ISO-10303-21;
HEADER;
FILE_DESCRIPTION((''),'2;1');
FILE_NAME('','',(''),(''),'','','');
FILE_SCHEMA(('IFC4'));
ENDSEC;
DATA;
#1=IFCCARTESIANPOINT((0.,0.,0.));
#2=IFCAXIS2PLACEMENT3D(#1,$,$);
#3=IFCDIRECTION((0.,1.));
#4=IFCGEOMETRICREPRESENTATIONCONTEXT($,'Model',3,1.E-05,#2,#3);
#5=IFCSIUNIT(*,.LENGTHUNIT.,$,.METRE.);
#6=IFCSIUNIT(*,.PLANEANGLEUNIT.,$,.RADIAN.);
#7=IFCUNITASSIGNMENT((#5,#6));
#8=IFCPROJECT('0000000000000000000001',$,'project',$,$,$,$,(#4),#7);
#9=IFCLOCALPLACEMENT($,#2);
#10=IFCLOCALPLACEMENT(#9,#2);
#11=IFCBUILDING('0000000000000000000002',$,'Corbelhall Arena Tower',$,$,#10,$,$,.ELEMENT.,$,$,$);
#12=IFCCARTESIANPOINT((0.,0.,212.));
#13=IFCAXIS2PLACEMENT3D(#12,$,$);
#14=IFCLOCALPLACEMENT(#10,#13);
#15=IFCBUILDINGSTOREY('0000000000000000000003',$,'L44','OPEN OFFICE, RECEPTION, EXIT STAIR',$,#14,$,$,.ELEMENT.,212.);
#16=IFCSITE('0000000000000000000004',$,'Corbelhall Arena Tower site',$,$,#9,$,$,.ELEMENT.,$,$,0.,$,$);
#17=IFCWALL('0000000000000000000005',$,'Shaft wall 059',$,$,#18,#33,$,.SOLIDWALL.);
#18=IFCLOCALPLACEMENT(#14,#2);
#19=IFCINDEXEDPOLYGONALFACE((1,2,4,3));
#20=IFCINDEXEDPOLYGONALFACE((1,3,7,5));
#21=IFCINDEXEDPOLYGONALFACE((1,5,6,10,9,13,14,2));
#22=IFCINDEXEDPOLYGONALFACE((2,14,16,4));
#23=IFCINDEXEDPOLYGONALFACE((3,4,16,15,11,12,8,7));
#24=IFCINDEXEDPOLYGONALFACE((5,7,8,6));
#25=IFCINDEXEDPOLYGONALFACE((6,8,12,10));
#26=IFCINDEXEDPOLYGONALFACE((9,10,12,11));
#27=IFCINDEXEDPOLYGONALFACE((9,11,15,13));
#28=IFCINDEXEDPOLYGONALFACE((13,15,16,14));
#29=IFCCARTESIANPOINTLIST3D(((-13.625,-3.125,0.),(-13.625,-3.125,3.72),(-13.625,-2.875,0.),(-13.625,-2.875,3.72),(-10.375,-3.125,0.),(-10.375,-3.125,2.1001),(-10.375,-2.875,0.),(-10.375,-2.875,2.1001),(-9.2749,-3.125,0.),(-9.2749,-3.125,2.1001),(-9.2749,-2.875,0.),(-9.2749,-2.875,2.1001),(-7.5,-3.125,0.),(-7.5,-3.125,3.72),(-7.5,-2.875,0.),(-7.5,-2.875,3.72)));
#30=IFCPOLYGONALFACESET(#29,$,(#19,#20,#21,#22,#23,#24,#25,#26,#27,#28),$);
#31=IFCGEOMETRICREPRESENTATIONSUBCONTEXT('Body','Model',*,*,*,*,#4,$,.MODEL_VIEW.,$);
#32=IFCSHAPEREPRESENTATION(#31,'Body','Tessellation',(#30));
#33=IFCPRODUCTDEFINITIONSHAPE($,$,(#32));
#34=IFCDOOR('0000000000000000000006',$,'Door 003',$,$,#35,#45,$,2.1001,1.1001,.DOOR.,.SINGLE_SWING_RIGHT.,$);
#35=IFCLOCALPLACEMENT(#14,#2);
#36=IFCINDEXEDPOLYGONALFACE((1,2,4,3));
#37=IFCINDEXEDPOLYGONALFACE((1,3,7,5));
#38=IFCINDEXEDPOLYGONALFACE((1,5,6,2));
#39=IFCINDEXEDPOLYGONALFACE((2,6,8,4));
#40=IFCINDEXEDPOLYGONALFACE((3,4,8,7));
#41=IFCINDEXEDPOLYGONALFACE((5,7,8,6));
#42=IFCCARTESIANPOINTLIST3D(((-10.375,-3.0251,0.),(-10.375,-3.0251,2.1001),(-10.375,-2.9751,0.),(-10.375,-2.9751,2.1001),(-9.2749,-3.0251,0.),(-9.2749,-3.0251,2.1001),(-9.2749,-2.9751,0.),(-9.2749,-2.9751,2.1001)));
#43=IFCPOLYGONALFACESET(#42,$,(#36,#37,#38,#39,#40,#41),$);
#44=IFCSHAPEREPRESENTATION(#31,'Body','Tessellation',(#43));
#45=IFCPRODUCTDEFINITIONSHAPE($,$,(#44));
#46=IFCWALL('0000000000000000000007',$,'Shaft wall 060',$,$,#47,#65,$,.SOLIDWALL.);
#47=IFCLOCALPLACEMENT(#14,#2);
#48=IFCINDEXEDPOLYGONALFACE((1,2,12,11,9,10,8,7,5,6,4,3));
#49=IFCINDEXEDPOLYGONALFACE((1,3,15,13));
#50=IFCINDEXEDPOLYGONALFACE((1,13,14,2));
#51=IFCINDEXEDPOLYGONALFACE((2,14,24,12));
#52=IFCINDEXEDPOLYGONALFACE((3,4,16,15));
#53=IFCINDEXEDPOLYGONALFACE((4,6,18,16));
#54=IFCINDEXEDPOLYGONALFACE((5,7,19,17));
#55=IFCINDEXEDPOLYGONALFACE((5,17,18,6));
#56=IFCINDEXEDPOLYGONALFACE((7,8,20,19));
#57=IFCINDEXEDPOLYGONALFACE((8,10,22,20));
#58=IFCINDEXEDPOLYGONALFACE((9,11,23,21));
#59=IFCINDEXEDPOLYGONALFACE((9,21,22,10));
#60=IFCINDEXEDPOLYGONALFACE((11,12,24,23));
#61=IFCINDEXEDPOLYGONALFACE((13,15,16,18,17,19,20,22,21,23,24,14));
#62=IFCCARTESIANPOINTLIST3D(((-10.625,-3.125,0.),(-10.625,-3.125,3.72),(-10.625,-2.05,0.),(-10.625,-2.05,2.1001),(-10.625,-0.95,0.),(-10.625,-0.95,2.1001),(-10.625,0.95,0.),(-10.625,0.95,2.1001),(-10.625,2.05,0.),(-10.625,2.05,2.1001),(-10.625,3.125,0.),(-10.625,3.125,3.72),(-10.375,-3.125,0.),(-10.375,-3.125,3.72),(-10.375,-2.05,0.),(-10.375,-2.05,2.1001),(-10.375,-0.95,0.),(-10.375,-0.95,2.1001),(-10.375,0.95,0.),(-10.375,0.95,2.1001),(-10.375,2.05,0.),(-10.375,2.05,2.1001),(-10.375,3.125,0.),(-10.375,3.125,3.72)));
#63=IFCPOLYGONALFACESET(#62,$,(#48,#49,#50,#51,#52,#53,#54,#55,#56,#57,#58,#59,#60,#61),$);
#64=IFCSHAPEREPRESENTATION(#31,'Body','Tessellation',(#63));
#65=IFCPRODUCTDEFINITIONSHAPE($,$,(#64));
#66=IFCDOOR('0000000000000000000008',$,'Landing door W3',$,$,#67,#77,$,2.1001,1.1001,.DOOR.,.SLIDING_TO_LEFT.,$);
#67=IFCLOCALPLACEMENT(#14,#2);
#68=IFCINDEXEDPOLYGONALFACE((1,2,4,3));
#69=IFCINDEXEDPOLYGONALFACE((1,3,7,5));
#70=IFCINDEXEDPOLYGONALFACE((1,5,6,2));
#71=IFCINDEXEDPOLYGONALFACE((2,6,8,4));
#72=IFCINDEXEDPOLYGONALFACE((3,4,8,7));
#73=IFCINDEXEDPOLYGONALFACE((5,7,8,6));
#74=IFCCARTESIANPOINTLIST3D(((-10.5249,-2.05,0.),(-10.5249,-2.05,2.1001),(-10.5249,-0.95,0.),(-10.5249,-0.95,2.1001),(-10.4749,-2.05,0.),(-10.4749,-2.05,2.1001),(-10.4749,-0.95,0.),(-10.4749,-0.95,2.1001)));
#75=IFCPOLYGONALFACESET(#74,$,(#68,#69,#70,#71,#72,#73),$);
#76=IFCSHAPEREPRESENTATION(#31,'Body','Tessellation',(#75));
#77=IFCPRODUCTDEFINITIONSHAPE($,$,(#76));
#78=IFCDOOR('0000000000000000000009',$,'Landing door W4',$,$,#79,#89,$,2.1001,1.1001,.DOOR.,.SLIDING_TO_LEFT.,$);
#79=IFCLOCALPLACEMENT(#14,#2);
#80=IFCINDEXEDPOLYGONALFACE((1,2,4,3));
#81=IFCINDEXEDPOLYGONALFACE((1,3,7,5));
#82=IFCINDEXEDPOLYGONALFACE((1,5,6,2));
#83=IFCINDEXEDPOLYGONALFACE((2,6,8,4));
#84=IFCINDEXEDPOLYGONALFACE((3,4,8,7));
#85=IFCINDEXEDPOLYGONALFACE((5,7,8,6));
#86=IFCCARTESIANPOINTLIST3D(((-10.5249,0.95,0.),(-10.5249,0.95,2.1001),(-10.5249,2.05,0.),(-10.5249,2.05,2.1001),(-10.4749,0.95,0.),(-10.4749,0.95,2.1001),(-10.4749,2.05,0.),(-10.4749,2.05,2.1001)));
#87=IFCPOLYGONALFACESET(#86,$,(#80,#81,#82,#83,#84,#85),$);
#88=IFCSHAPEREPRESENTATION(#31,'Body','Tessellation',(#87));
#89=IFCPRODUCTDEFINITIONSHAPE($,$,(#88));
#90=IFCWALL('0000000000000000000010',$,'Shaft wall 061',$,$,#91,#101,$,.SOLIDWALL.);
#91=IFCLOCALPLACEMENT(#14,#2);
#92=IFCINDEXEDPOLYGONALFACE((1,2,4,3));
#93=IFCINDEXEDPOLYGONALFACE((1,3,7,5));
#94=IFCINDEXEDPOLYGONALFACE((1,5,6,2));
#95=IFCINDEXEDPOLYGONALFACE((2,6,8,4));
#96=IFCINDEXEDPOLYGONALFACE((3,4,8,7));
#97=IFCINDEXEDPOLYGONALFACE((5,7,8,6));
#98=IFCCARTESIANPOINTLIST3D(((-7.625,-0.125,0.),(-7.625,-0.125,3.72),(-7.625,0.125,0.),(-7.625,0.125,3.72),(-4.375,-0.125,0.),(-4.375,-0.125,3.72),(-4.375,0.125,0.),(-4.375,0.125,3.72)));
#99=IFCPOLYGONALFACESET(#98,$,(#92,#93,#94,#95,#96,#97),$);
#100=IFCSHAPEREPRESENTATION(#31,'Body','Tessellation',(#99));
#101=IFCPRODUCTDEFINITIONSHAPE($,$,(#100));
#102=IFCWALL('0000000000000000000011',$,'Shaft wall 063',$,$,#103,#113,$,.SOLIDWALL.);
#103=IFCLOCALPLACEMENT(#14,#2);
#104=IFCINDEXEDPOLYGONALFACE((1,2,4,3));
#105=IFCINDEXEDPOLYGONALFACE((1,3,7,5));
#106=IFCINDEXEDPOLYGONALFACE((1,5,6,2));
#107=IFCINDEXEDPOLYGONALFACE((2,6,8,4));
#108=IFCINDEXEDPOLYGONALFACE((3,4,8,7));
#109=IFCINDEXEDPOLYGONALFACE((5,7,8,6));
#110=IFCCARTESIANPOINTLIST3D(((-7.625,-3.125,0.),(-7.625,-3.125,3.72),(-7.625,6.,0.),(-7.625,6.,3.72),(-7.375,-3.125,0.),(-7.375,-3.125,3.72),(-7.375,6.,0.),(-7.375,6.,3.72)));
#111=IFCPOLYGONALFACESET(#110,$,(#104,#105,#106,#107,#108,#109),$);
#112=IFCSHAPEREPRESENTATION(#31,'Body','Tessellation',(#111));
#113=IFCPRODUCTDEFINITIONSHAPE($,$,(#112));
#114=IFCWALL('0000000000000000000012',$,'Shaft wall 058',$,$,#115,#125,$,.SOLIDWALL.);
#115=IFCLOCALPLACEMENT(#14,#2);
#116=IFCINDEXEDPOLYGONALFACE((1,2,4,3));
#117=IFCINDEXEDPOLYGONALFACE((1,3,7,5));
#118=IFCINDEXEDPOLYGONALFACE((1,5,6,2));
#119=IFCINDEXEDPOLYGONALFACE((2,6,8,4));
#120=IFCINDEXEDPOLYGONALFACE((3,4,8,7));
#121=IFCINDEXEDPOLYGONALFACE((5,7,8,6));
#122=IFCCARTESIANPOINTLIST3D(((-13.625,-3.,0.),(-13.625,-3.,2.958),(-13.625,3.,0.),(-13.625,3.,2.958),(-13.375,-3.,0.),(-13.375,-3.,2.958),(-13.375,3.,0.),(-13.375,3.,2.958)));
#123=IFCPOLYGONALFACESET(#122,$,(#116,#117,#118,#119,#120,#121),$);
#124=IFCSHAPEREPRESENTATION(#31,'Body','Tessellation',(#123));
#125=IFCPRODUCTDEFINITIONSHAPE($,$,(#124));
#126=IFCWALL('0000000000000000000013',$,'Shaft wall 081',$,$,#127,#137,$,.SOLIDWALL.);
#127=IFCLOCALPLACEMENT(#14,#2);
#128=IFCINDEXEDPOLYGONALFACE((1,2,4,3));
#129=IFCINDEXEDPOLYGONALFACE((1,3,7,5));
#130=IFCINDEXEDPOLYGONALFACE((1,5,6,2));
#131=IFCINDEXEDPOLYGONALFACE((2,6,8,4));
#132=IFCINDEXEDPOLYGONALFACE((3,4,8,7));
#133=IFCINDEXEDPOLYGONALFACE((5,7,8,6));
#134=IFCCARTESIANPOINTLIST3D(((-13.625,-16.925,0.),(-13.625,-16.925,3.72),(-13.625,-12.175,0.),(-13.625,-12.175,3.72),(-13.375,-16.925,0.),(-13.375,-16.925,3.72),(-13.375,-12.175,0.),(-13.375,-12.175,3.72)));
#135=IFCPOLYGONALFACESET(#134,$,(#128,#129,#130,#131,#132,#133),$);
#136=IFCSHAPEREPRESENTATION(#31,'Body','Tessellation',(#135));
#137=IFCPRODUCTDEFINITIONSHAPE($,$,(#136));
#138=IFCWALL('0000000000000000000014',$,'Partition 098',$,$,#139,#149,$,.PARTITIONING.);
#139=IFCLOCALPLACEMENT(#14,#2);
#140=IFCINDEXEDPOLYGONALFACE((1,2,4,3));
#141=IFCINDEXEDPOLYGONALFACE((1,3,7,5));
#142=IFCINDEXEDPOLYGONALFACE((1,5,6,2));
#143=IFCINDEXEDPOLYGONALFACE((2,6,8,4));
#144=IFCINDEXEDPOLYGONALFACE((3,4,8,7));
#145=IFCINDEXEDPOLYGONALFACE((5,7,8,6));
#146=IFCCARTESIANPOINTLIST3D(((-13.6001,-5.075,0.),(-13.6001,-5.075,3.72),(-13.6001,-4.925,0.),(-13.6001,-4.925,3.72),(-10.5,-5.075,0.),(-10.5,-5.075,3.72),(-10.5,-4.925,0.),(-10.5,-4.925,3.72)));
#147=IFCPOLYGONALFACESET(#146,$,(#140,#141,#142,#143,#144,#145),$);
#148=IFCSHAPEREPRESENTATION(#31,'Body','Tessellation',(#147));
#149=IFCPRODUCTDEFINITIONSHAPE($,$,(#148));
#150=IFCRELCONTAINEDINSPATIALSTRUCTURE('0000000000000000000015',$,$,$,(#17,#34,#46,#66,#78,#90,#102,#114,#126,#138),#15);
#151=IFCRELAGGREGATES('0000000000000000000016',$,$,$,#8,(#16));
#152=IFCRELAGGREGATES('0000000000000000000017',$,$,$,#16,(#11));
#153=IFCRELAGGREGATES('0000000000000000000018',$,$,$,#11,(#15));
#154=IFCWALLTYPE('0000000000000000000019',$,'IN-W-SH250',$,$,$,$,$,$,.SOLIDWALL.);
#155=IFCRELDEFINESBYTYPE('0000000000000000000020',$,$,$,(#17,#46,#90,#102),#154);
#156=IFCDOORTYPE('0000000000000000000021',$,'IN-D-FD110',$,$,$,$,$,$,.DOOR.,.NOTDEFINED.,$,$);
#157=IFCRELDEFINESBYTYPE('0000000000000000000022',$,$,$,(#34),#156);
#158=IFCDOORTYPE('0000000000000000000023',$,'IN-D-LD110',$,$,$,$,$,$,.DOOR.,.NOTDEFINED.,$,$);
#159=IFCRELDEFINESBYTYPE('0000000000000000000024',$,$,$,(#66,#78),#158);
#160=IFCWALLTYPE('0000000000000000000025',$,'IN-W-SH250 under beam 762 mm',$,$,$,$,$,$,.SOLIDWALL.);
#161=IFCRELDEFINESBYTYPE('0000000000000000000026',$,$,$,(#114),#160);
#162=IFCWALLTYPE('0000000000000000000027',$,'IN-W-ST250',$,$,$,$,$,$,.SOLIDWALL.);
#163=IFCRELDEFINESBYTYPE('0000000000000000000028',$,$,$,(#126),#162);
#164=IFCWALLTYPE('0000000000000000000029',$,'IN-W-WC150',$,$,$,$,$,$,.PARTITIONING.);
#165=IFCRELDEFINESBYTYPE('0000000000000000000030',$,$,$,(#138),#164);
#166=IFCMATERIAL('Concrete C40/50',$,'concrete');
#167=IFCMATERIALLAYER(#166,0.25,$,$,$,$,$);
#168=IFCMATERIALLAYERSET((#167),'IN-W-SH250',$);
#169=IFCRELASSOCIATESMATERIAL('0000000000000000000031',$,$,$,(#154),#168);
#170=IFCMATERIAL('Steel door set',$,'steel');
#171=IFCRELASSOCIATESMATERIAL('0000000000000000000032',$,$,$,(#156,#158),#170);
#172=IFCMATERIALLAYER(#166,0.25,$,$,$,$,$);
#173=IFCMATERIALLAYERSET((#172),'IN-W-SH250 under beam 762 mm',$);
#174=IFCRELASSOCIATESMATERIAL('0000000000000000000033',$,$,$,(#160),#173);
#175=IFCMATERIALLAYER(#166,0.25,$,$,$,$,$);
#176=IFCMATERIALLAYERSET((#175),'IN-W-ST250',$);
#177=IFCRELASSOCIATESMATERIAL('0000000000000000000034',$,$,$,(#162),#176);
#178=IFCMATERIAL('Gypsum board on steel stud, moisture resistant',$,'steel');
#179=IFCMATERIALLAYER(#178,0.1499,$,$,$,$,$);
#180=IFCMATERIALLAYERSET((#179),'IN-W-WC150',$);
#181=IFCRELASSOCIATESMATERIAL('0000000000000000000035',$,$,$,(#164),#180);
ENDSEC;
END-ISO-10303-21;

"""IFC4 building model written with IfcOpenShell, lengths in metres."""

from ifc_helpers import new_model, si_unit, direction, frame, frame_2d, origin, place, context, subcontext, project, spatial, rectangle, extrude, material, layer, layer_set, type_object, element, fill, save


model = new_model("IFC4")

# Units and contexts
model_context = context("Model", 3, precision=1e-05, world=origin(), true_north=direction((0.0, 1.0)))
body_context = subcontext(model_context, "Body", "Model", "MODEL_VIEW")
ifc_project = project(units=[si_unit("LENGTHUNIT", "METRE"), si_unit("PLANEANGLEUNIT", "RADIAN")], contexts=[model_context])

# Site, building, storey
site_placement = place(None, origin())
site = spatial("IfcSite", under=ifc_project, at=site_placement, Name="Corbelhall Arena Tower site", CompositionType="ELEMENT", RefElevation=0.0)
building_placement = place(site_placement, origin())
building = spatial("IfcBuilding", under=site, at=building_placement, Name="Corbelhall Arena Tower", CompositionType="ELEMENT")
storey_placement = place(building_placement, frame((0.0, 0.0, 212.0)))
storey = spatial("IfcBuildingStorey", under=building, at=storey_placement, Name="L44", Description="OPEN OFFICE, RECEPTION, EXIT STAIR", CompositionType="ELEMENT", Elevation=212.0)

# Shared definitions
ifc_material_1 = material(Name="Concrete C40/50", Category="concrete")
ifc_layer_1 = layer(ifc_material_1, 0.25)
ifc_layer_set_1 = layer_set([ifc_layer_1], Name="IN-W-SH250")
wall_type_1 = type_object("IfcWallType", Name="IN-W-SH250", PredefinedType="SOLIDWALL", material=ifc_layer_set_1)

# Wall, opening, door
wall_1_placement = place(storey_placement, frame((-13.625, -3.0, 0.0), z_axis=(0.0, 0.0, 1.0), x_axis=(1.0, 0.0, 0.0)))
wall_1 = element("IfcWall", 1, at=wall_1_placement, inside=storey, type_object=wall_type_1, Name="Shaft wall 059", PredefinedType="SOLIDWALL", context=body_context, shape_type="SweptSolid", body=[
    extrude(rectangle(XDim=6.125, YDim=0.25, at=frame_2d((3.0625, 0.0))), origin(), (0.0, 0.0, 1.0), 3.72),
])
opening_1_placement = place(wall_1_placement, frame((3.25, 0.0, 0.0)))
opening_1 = element("IfcOpeningElement", 2, at=opening_1_placement, cuts=wall_1, PredefinedType="OPENING", context=body_context, shape_type="SweptSolid", body=[
    extrude(rectangle(XDim=1.1001, YDim=2.1001, at=frame_2d((0.55, 1.05))), frame((0.0, 0.125, 0.0), z_axis=(0.0, -1.0, 0.0), x_axis=(1.0, 0.0, 0.0)), (0.0, 0.0, 1.0), 0.25),
])
ifc_material_2 = material(Name="Steel door set", Category="steel")
door_type_1 = type_object("IfcDoorType", Name="IN-D-FD110", OperationType="NOTDEFINED", PredefinedType="DOOR", material=ifc_material_2)
door_1_placement = place(opening_1_placement, origin())
door_1 = element("IfcDoor", 3, at=door_1_placement, inside=storey, type_object=door_type_1, Name="Door 003", OperationType="SINGLE_SWING_RIGHT", OverallHeight=2.1001, OverallWidth=1.1001, PredefinedType="DOOR", context=body_context, shape_type="SweptSolid", body=[
    extrude(rectangle(XDim=1.1001, YDim=2.1001, at=frame_2d((0.55, 1.05))), frame((0.0, 0.0249, 0.0), z_axis=(0.0, -1.0, 0.0), x_axis=(1.0, 0.0, 0.0)), (0.0, 0.0, 1.0), 0.05),
])
fill(opening_1, door_1)

# Wall, openings, doors
wall_2_placement = place(storey_placement, frame((-10.5, -3.125, 0.0), z_axis=(0.0, 0.0, 1.0), x_axis=(0.0, 1.0, 0.0)))
wall_2 = element("IfcWall", 4, at=wall_2_placement, inside=storey, type_object=wall_type_1, Name="Shaft wall 060", PredefinedType="SOLIDWALL", context=body_context, shape_type="SweptSolid", body=[
    extrude(rectangle(XDim=6.25, YDim=0.25, at=frame_2d((3.125, 0.0))), origin(), (0.0, 0.0, 1.0), 3.72),
])
opening_2_placement = place(wall_2_placement, frame((1.075, 0.0, 0.0)))
opening_2 = element("IfcOpeningElement", 5, at=opening_2_placement, cuts=wall_2, PredefinedType="OPENING", context=body_context, shape_type="SweptSolid", body=[
    extrude(rectangle(XDim=1.1001, YDim=2.1001, at=frame_2d((0.55, 1.05))), frame((0.0, 0.125, 0.0), z_axis=(0.0, -1.0, 0.0), x_axis=(1.0, 0.0, 0.0)), (0.0, 0.0, 1.0), 0.25),
])
opening_3_placement = place(wall_2_placement, frame((4.075, 0.0, 0.0)))
opening_3 = element("IfcOpeningElement", 6, at=opening_3_placement, cuts=wall_2, PredefinedType="OPENING", context=body_context, shape_type="SweptSolid", body=[
    extrude(rectangle(XDim=1.1001, YDim=2.1001, at=frame_2d((0.55, 1.05))), frame((0.0, 0.125, 0.0), z_axis=(0.0, -1.0, 0.0), x_axis=(1.0, 0.0, 0.0)), (0.0, 0.0, 1.0), 0.25),
])
door_type_2 = type_object("IfcDoorType", Name="IN-D-LD110", OperationType="NOTDEFINED", PredefinedType="DOOR", material=ifc_material_2)
door_2_placement = place(opening_2_placement, origin())
door_2 = element("IfcDoor", 7, at=door_2_placement, inside=storey, type_object=door_type_2, Name="Landing door W3", OperationType="SLIDING_TO_LEFT", OverallHeight=2.1001, OverallWidth=1.1001, PredefinedType="DOOR", context=body_context, shape_type="SweptSolid", body=[
    extrude(rectangle(XDim=1.1001, YDim=2.1001, at=frame_2d((0.55, 1.05))), frame((0.0, 0.0249, 0.0), z_axis=(0.0, -1.0, 0.0), x_axis=(1.0, 0.0, 0.0)), (0.0, 0.0, 1.0), 0.05),
])
fill(opening_2, door_2)
door_3_placement = place(opening_3_placement, origin())
door_3 = element("IfcDoor", 8, at=door_3_placement, inside=storey, type_object=door_type_2, Name="Landing door W4", OperationType="SLIDING_TO_LEFT", OverallHeight=2.1001, OverallWidth=1.1001, PredefinedType="DOOR", context=body_context, shape_type="SweptSolid", body=[
    extrude(rectangle(XDim=1.1001, YDim=2.1001, at=frame_2d((0.55, 1.05))), frame((0.0, 0.0249, 0.0), z_axis=(0.0, -1.0, 0.0), x_axis=(1.0, 0.0, 0.0)), (0.0, 0.0, 1.0), 0.05),
])
fill(opening_3, door_3)

# Walls
wall_3_placement = place(storey_placement, frame((-7.625, 0.0, 0.0), z_axis=(0.0, 0.0, 1.0), x_axis=(1.0, 0.0, 0.0)))
element("IfcWall", 9, at=wall_3_placement, inside=storey, type_object=wall_type_1, Name="Shaft wall 061", PredefinedType="SOLIDWALL", context=body_context, shape_type="SweptSolid", body=[
    extrude(rectangle(XDim=3.25, YDim=0.25, at=frame_2d((1.625, 0.0))), origin(), (0.0, 0.0, 1.0), 3.72),
])
wall_4_placement = place(storey_placement, frame((-7.5, -3.125, 0.0), z_axis=(0.0, 0.0, 1.0), x_axis=(0.0, 1.0, 0.0)))
element("IfcWall", 10, at=wall_4_placement, inside=storey, type_object=wall_type_1, Name="Shaft wall 063", PredefinedType="SOLIDWALL", context=body_context, shape_type="SweptSolid", body=[
    extrude(rectangle(XDim=9.125, YDim=0.25, at=frame_2d((4.5625, 0.0))), origin(), (0.0, 0.0, 1.0), 3.72),
])
ifc_layer_2 = layer(ifc_material_1, 0.25)
ifc_layer_set_2 = layer_set([ifc_layer_2], Name="IN-W-SH250 under beam 762 mm")
wall_type_2 = type_object("IfcWallType", Name="IN-W-SH250 under beam 762 mm", PredefinedType="SOLIDWALL", material=ifc_layer_set_2)
wall_5_placement = place(storey_placement, frame((-13.5, -3.0, 0.0), z_axis=(0.0, 0.0, 1.0), x_axis=(0.0, 1.0, 0.0)))
element("IfcWall", 11, at=wall_5_placement, inside=storey, type_object=wall_type_2, Name="Shaft wall 058", PredefinedType="SOLIDWALL", context=body_context, shape_type="SweptSolid", body=[
    extrude(rectangle(XDim=6.0, YDim=0.25, at=frame_2d((3.0, 0.0))), origin(), (0.0, 0.0, 1.0), 2.958),
])
ifc_layer_3 = layer(ifc_material_1, 0.25)
ifc_layer_set_3 = layer_set([ifc_layer_3], Name="IN-W-ST250")
wall_type_3 = type_object("IfcWallType", Name="IN-W-ST250", PredefinedType="SOLIDWALL", material=ifc_layer_set_3)
wall_6_placement = place(storey_placement, frame((-13.5, -12.175, 0.0), z_axis=(0.0, 0.0, 1.0), x_axis=(0.0, -1.0, 0.0)))
element("IfcWall", 12, at=wall_6_placement, inside=storey, type_object=wall_type_3, Name="Shaft wall 081", PredefinedType="SOLIDWALL", context=body_context, shape_type="SweptSolid", body=[
    extrude(rectangle(XDim=4.75, YDim=0.25, at=frame_2d((2.375, 0.0))), origin(), (0.0, 0.0, 1.0), 3.72),
])
ifc_material_3 = material(Name="Gypsum board on steel stud, moisture resistant", Category="steel")
ifc_layer_4 = layer(ifc_material_3, 0.1499)
ifc_layer_set_4 = layer_set([ifc_layer_4], Name="IN-W-WC150")
wall_type_4 = type_object("IfcWallType", Name="IN-W-WC150", PredefinedType="PARTITIONING", material=ifc_layer_set_4)
wall_7_placement = place(storey_placement, frame((-13.6001, -5.0, 0.0), z_axis=(0.0, 0.0, 1.0), x_axis=(1.0, 0.0, 0.0)))
element("IfcWall", 13, at=wall_7_placement, inside=storey, type_object=wall_type_4, Name="Partition 098", PredefinedType="PARTITIONING", context=body_context, shape_type="SweptSolid", body=[
    extrude(rectangle(XDim=3.1001, YDim=0.1499, at=frame_2d((1.55, 0.0))), origin(), (0.0, 0.0, 1.0), 3.72),
])

save(model, "model.ifc")
